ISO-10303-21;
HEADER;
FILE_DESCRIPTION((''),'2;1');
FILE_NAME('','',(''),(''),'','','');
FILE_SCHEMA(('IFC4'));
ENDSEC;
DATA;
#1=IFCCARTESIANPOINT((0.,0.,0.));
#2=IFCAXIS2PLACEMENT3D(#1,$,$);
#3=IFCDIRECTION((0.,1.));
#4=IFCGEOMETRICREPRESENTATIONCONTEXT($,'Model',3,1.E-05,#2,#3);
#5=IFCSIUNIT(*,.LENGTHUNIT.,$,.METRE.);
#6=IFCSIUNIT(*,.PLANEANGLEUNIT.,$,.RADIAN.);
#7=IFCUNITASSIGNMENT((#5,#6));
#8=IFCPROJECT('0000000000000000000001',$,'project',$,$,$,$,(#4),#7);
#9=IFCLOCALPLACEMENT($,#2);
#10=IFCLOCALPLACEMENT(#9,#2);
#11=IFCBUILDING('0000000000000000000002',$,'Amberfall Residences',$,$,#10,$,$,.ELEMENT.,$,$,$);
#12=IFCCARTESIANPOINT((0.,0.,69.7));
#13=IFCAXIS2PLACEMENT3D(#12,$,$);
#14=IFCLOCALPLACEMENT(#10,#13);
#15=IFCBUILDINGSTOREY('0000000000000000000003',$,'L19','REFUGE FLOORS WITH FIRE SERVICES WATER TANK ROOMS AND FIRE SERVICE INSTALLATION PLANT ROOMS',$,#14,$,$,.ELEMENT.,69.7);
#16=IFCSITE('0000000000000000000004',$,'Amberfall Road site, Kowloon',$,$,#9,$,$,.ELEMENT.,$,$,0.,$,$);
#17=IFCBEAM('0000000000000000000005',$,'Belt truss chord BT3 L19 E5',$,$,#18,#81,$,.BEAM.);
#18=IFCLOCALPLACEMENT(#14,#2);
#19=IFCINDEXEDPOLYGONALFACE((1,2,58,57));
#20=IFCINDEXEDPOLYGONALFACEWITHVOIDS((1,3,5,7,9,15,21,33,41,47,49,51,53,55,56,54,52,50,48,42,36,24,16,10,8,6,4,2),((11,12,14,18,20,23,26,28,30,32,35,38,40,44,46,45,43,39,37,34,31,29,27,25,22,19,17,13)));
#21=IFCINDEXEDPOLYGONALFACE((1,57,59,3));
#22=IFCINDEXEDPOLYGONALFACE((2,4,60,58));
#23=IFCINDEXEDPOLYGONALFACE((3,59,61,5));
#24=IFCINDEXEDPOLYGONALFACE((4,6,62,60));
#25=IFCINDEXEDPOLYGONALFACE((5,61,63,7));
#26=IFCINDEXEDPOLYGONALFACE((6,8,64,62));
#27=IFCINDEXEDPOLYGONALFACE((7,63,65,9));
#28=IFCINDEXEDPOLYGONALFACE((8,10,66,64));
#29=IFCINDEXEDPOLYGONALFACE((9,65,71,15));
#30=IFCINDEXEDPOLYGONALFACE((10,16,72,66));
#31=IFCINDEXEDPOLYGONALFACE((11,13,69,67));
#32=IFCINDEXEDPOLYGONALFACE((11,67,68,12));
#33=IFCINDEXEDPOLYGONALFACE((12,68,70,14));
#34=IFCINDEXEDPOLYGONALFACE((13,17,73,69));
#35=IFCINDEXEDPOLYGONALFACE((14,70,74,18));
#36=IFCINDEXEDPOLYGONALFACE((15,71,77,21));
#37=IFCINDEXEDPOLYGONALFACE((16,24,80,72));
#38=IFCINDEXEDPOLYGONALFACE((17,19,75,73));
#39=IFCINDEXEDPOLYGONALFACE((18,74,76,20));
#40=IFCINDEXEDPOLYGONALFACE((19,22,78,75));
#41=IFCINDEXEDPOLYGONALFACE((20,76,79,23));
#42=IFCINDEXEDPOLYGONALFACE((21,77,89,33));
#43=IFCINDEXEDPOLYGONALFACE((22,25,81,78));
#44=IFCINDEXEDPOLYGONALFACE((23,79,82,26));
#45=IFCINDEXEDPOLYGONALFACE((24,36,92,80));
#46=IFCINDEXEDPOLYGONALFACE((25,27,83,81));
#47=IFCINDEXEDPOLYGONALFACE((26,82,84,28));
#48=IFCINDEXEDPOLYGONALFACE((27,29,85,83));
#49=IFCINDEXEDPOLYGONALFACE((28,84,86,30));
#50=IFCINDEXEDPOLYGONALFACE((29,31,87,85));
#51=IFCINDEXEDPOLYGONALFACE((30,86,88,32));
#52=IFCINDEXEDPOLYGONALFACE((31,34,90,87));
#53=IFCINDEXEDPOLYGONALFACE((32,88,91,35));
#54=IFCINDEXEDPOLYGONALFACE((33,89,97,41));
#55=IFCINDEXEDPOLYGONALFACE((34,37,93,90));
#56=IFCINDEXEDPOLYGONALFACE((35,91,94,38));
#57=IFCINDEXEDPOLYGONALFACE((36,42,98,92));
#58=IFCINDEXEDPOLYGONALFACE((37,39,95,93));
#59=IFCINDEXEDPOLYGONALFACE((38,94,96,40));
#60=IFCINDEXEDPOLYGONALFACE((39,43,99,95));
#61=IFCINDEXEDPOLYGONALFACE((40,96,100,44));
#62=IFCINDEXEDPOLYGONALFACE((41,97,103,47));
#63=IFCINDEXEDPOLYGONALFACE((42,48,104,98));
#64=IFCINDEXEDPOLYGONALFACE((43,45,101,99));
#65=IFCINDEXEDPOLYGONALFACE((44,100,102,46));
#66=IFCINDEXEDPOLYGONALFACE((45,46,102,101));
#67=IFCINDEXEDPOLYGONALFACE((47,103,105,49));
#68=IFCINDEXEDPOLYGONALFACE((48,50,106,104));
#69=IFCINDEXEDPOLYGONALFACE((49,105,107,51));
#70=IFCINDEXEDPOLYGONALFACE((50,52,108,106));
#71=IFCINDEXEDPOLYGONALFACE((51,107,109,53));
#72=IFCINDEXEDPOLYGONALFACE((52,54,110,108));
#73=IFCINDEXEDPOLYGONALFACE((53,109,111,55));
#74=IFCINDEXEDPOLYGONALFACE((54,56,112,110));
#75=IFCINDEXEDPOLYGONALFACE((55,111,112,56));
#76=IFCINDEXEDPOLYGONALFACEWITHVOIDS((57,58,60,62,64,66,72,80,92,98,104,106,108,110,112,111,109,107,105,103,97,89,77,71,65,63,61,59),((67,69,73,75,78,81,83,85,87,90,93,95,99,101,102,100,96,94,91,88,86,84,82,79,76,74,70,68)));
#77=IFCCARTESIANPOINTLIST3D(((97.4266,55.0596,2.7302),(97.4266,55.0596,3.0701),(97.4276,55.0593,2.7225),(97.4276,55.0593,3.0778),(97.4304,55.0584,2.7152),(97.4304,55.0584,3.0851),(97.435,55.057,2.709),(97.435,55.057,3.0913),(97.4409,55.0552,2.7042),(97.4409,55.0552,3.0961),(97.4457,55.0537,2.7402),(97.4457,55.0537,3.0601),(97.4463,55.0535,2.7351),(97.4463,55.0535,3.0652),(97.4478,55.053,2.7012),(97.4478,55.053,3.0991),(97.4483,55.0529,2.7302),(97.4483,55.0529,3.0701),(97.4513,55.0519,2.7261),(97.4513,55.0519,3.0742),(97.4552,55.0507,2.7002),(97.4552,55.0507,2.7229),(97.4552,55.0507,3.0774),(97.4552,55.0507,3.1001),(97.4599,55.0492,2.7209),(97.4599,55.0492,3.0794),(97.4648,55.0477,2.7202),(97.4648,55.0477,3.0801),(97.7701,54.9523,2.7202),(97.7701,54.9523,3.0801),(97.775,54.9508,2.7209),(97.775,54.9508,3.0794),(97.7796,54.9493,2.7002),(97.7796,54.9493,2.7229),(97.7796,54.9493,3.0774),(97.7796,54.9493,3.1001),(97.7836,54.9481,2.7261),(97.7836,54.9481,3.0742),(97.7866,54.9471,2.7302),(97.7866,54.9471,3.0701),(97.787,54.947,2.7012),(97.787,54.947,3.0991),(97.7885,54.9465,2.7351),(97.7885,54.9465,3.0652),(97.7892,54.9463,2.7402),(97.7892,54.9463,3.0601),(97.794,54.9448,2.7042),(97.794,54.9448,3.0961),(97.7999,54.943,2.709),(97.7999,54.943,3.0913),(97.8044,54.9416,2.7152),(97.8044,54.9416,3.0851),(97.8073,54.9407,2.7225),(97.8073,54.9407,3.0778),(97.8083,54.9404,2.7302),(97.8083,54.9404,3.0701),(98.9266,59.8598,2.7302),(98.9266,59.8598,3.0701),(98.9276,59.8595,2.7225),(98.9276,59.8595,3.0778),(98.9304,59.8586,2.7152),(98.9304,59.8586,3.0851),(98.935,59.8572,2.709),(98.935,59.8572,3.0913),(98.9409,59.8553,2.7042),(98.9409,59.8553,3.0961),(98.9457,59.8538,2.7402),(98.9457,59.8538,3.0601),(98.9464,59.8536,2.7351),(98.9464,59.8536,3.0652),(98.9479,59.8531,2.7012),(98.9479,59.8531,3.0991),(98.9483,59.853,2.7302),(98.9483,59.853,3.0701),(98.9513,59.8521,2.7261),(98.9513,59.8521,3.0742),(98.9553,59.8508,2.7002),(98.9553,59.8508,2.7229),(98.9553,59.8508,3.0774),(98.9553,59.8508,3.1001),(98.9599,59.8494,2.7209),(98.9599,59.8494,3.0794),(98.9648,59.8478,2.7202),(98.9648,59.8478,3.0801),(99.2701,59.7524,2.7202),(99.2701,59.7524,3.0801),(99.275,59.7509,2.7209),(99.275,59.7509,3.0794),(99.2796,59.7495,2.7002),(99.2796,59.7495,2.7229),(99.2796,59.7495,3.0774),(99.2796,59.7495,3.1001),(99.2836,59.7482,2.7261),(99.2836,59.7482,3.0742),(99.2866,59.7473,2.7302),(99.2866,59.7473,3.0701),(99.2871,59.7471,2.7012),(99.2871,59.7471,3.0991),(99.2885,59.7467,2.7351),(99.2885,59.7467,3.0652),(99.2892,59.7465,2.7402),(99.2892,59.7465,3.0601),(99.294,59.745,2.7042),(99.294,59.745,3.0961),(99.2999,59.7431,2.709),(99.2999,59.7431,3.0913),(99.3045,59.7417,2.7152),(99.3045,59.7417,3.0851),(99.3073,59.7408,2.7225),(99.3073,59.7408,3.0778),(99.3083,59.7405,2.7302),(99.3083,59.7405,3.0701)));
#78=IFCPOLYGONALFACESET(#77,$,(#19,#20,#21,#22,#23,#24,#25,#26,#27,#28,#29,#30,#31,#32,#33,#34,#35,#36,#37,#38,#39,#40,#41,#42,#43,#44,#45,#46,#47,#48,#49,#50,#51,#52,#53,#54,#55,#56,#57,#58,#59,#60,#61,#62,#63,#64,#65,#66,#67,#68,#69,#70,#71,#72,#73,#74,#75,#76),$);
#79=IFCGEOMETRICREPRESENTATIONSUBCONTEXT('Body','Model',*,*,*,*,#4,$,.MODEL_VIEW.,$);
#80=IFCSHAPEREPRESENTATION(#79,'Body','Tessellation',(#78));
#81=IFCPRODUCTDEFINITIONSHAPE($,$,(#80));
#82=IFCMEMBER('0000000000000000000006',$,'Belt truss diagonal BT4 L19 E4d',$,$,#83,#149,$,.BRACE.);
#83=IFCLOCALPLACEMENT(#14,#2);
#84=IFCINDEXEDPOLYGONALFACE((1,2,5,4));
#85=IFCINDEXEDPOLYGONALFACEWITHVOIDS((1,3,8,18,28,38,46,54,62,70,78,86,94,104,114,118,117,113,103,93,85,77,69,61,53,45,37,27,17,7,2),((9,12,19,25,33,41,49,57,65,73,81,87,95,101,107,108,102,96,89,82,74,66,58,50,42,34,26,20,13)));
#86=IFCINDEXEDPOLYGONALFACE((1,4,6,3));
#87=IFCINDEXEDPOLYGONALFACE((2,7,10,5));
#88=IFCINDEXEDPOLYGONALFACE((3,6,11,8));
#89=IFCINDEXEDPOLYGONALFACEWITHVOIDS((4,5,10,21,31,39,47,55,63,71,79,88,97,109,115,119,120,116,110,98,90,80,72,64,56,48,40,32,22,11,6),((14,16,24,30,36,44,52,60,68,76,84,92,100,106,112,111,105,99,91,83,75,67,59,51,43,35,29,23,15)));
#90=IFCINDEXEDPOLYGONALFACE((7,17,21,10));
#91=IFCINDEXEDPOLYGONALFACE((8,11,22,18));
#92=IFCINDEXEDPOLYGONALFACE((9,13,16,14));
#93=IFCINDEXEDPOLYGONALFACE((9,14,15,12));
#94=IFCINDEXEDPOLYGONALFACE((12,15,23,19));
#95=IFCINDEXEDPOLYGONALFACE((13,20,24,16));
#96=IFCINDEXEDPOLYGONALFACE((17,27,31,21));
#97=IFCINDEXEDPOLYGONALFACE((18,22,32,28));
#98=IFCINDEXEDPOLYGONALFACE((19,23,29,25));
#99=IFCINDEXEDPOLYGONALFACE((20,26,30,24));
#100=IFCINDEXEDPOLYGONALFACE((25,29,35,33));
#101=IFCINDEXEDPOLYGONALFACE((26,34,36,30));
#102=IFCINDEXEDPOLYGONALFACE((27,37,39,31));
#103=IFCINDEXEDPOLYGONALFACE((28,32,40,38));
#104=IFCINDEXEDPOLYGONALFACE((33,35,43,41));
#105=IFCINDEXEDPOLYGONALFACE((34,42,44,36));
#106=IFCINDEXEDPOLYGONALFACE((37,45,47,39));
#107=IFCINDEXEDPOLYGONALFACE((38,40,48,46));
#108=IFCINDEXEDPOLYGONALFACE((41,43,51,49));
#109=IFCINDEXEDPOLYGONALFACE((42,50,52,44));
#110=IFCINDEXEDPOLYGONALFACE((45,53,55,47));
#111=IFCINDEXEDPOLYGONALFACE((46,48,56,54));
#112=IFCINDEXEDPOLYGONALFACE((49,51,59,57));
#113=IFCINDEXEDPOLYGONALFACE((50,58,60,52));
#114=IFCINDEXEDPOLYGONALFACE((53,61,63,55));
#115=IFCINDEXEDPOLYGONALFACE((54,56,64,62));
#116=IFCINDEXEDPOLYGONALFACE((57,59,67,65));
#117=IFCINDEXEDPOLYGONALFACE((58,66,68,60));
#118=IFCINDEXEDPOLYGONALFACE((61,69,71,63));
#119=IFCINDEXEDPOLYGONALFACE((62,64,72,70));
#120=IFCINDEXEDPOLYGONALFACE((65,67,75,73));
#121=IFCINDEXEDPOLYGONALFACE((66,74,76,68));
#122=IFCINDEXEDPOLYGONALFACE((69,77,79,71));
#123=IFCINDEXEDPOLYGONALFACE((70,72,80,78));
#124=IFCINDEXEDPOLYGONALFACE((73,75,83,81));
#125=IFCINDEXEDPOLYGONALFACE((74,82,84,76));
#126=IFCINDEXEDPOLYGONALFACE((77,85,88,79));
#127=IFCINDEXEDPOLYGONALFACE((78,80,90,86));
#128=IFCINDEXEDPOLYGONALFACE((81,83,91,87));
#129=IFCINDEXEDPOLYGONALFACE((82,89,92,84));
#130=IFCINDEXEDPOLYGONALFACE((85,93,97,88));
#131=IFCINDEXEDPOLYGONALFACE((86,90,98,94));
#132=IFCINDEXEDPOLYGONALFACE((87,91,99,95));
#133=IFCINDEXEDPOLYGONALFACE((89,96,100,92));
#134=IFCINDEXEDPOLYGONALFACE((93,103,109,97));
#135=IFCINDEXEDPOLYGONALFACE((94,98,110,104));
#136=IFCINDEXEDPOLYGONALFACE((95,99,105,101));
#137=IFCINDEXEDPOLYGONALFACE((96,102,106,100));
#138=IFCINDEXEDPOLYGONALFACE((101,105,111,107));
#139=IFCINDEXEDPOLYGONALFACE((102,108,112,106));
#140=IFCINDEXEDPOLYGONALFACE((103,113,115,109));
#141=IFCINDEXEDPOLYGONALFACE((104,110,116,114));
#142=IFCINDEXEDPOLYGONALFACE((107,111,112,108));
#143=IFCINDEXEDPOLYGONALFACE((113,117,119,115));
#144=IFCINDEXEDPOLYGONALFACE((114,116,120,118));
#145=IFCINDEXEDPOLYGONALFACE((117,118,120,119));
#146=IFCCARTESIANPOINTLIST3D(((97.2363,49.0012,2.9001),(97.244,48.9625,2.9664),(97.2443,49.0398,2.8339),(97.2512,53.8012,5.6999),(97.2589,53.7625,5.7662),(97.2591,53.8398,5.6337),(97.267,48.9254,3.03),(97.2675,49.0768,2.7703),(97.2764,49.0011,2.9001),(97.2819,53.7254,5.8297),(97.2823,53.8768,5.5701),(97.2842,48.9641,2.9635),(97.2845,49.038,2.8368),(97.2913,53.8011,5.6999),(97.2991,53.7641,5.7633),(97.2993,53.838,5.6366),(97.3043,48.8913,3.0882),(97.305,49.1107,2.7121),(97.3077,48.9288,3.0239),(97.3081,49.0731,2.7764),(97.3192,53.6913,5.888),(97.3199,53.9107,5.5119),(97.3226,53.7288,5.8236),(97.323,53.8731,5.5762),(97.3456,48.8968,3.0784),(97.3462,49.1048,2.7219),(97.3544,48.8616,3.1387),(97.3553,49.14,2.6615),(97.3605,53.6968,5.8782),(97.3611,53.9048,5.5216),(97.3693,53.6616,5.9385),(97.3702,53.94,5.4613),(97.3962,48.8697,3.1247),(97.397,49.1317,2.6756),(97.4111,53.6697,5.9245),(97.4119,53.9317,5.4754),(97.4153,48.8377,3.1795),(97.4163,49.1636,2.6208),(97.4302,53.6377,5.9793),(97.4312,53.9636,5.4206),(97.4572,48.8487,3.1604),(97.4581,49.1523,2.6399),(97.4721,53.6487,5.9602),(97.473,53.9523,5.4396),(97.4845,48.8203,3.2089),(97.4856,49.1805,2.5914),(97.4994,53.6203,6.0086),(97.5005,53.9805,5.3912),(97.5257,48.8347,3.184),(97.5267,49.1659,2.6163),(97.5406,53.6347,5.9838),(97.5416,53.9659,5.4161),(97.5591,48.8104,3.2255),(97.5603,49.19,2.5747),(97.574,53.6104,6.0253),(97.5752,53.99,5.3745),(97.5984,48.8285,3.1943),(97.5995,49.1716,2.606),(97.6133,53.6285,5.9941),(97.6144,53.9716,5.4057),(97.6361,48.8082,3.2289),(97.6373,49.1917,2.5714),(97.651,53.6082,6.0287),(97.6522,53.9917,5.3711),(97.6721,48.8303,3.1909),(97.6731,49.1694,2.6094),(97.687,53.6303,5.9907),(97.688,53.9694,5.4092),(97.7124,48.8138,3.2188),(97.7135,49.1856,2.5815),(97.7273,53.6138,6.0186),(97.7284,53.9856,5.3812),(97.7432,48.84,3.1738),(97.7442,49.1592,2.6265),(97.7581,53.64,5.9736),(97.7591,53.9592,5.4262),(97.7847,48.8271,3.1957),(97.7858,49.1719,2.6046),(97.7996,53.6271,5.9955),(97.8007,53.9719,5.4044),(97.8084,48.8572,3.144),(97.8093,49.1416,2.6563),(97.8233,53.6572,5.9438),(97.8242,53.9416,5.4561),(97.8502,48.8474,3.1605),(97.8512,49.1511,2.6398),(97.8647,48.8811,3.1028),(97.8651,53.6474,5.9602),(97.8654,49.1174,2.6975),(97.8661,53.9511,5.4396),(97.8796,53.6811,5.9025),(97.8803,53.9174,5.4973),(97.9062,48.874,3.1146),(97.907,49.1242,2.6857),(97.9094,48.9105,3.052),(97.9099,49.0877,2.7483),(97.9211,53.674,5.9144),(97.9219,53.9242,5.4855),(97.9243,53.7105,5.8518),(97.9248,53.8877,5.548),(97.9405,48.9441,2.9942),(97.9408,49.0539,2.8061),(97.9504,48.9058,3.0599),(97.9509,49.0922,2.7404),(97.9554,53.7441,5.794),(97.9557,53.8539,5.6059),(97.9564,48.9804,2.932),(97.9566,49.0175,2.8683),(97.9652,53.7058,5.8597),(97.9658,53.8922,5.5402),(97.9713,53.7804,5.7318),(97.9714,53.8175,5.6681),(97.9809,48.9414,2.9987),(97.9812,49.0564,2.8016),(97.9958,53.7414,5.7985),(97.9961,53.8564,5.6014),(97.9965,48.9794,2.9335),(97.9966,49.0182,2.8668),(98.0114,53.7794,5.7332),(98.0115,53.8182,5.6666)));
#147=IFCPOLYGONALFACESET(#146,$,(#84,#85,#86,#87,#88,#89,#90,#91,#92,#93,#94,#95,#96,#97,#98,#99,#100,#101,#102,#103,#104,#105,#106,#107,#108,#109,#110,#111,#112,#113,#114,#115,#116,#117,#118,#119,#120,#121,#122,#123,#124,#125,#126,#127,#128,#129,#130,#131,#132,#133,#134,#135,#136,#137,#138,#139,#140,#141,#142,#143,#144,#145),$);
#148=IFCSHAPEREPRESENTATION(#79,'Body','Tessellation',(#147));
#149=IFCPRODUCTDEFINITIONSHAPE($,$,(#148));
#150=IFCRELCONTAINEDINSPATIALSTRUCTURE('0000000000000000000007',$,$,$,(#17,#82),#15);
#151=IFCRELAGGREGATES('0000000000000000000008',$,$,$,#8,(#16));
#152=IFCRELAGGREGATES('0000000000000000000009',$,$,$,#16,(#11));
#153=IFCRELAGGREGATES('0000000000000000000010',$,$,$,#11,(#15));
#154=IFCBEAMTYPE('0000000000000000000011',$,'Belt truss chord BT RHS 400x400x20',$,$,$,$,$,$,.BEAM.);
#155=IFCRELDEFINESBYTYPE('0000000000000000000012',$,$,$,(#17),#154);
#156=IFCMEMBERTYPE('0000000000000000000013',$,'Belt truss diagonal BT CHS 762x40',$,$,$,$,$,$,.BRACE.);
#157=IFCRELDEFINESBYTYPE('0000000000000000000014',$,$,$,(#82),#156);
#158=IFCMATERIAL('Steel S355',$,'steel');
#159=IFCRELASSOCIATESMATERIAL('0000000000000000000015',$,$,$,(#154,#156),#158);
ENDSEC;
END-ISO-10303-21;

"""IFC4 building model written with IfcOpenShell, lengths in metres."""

from ifc_helpers import new_model, si_unit, direction, frame, origin, origin_2d, place, context, subcontext, project, spatial, hollow_rectangle, hollow_circle, extrude, material, material_profile, profile_set, type_object, element, save


model = new_model("IFC4")

# Units and contexts
model_context = context("Model", 3, precision=1e-05, world=origin(), true_north=direction((0.0, 1.0)))
body_context = subcontext(model_context, "Body", "Model", "MODEL_VIEW")
ifc_project = project(units=[si_unit("LENGTHUNIT", "METRE"), si_unit("PLANEANGLEUNIT", "RADIAN")], contexts=[model_context])

# Site, building, storey
site_placement = place(None, origin())
site = spatial("IfcSite", under=ifc_project, at=site_placement, Name="Amberfall Road site, Kowloon", CompositionType="ELEMENT", RefElevation=0.0)
building_placement = place(site_placement, origin())
building = spatial("IfcBuilding", under=site, at=building_placement, Name="Amberfall Residences", CompositionType="ELEMENT")
storey_placement = place(building_placement, frame((0.0, 0.0, 69.7)))
storey = spatial("IfcBuildingStorey", under=building, at=storey_placement, Name="L19", Description="REFUGE FLOORS WITH FIRE SERVICES WATER TANK ROOMS AND FIRE SERVICE INSTALLATION PLANT ROOMS", CompositionType="ELEMENT", Elevation=69.7)

# Beam
ifc_material_1 = material(Name="Steel S355", Category="steel")
ifc_material_profile_1 = material_profile(ifc_material_1, hollow_rectangle(XDim=0.3999, YDim=0.3999, WallThickness=0.02, InnerFilletRadius=0.02, OuterFilletRadius=0.03, at=origin_2d()), Name="RHS 400x400x20")
ifc_profile_set_1 = profile_set([ifc_material_profile_1], Name="Steel S355")
beam_type_1 = type_object("IfcBeamType", Name="Belt truss chord BT RHS 400x400x20", PredefinedType="BEAM", material=ifc_profile_set_1)
beam_1_placement = place(storey_placement, frame((97.6174, 55.0, 2.9001), z_axis=(0.298272, 0.954481, 0.0), x_axis=(-0.954481, 0.298272, 0.0)))
element("IfcBeam", 1, at=beam_1_placement, inside=storey, type_object=beam_type_1, Name="Belt truss chord BT3 L19 E5", PredefinedType="BEAM", context=body_context, shape_type="SweptSolid", body=[
    extrude(hollow_rectangle(XDim=0.3999, YDim=0.3999, WallThickness=0.02, InnerFilletRadius=0.02, OuterFilletRadius=0.03, at=origin_2d()), origin(), (0.0, 0.0, 1.0), 5.0291),
])

# Member
ifc_material_profile_2 = material_profile(ifc_material_1, hollow_circle(Radius=0.3811, WallThickness=0.04, at=origin_2d()), Name="CHS 762x40")
ifc_profile_set_2 = profile_set([ifc_material_profile_2], Name="Steel S355")
member_type = type_object("IfcMemberType", Name="Belt truss diagonal BT CHS 762x40", PredefinedType="BRACE", material=ifc_profile_set_2)
member_1_placement = place(storey_placement, frame((97.6174, 49.0, 2.9001), z_axis=(0.00268, 0.863793, 0.503839), x_axis=(-0.999995, 0.003103, 0.0)))
element("IfcMember", 2, at=member_1_placement, inside=storey, type_object=member_type, Name="Belt truss diagonal BT4 L19 E4d", PredefinedType="BRACE", context=body_context, shape_type="SweptSolid", body=[
    extrude(hollow_circle(Radius=0.3811, WallThickness=0.04, at=origin_2d()), origin(), (0.0, 0.0, 1.0), 5.5569),
])

save(model, "model.ifc")
